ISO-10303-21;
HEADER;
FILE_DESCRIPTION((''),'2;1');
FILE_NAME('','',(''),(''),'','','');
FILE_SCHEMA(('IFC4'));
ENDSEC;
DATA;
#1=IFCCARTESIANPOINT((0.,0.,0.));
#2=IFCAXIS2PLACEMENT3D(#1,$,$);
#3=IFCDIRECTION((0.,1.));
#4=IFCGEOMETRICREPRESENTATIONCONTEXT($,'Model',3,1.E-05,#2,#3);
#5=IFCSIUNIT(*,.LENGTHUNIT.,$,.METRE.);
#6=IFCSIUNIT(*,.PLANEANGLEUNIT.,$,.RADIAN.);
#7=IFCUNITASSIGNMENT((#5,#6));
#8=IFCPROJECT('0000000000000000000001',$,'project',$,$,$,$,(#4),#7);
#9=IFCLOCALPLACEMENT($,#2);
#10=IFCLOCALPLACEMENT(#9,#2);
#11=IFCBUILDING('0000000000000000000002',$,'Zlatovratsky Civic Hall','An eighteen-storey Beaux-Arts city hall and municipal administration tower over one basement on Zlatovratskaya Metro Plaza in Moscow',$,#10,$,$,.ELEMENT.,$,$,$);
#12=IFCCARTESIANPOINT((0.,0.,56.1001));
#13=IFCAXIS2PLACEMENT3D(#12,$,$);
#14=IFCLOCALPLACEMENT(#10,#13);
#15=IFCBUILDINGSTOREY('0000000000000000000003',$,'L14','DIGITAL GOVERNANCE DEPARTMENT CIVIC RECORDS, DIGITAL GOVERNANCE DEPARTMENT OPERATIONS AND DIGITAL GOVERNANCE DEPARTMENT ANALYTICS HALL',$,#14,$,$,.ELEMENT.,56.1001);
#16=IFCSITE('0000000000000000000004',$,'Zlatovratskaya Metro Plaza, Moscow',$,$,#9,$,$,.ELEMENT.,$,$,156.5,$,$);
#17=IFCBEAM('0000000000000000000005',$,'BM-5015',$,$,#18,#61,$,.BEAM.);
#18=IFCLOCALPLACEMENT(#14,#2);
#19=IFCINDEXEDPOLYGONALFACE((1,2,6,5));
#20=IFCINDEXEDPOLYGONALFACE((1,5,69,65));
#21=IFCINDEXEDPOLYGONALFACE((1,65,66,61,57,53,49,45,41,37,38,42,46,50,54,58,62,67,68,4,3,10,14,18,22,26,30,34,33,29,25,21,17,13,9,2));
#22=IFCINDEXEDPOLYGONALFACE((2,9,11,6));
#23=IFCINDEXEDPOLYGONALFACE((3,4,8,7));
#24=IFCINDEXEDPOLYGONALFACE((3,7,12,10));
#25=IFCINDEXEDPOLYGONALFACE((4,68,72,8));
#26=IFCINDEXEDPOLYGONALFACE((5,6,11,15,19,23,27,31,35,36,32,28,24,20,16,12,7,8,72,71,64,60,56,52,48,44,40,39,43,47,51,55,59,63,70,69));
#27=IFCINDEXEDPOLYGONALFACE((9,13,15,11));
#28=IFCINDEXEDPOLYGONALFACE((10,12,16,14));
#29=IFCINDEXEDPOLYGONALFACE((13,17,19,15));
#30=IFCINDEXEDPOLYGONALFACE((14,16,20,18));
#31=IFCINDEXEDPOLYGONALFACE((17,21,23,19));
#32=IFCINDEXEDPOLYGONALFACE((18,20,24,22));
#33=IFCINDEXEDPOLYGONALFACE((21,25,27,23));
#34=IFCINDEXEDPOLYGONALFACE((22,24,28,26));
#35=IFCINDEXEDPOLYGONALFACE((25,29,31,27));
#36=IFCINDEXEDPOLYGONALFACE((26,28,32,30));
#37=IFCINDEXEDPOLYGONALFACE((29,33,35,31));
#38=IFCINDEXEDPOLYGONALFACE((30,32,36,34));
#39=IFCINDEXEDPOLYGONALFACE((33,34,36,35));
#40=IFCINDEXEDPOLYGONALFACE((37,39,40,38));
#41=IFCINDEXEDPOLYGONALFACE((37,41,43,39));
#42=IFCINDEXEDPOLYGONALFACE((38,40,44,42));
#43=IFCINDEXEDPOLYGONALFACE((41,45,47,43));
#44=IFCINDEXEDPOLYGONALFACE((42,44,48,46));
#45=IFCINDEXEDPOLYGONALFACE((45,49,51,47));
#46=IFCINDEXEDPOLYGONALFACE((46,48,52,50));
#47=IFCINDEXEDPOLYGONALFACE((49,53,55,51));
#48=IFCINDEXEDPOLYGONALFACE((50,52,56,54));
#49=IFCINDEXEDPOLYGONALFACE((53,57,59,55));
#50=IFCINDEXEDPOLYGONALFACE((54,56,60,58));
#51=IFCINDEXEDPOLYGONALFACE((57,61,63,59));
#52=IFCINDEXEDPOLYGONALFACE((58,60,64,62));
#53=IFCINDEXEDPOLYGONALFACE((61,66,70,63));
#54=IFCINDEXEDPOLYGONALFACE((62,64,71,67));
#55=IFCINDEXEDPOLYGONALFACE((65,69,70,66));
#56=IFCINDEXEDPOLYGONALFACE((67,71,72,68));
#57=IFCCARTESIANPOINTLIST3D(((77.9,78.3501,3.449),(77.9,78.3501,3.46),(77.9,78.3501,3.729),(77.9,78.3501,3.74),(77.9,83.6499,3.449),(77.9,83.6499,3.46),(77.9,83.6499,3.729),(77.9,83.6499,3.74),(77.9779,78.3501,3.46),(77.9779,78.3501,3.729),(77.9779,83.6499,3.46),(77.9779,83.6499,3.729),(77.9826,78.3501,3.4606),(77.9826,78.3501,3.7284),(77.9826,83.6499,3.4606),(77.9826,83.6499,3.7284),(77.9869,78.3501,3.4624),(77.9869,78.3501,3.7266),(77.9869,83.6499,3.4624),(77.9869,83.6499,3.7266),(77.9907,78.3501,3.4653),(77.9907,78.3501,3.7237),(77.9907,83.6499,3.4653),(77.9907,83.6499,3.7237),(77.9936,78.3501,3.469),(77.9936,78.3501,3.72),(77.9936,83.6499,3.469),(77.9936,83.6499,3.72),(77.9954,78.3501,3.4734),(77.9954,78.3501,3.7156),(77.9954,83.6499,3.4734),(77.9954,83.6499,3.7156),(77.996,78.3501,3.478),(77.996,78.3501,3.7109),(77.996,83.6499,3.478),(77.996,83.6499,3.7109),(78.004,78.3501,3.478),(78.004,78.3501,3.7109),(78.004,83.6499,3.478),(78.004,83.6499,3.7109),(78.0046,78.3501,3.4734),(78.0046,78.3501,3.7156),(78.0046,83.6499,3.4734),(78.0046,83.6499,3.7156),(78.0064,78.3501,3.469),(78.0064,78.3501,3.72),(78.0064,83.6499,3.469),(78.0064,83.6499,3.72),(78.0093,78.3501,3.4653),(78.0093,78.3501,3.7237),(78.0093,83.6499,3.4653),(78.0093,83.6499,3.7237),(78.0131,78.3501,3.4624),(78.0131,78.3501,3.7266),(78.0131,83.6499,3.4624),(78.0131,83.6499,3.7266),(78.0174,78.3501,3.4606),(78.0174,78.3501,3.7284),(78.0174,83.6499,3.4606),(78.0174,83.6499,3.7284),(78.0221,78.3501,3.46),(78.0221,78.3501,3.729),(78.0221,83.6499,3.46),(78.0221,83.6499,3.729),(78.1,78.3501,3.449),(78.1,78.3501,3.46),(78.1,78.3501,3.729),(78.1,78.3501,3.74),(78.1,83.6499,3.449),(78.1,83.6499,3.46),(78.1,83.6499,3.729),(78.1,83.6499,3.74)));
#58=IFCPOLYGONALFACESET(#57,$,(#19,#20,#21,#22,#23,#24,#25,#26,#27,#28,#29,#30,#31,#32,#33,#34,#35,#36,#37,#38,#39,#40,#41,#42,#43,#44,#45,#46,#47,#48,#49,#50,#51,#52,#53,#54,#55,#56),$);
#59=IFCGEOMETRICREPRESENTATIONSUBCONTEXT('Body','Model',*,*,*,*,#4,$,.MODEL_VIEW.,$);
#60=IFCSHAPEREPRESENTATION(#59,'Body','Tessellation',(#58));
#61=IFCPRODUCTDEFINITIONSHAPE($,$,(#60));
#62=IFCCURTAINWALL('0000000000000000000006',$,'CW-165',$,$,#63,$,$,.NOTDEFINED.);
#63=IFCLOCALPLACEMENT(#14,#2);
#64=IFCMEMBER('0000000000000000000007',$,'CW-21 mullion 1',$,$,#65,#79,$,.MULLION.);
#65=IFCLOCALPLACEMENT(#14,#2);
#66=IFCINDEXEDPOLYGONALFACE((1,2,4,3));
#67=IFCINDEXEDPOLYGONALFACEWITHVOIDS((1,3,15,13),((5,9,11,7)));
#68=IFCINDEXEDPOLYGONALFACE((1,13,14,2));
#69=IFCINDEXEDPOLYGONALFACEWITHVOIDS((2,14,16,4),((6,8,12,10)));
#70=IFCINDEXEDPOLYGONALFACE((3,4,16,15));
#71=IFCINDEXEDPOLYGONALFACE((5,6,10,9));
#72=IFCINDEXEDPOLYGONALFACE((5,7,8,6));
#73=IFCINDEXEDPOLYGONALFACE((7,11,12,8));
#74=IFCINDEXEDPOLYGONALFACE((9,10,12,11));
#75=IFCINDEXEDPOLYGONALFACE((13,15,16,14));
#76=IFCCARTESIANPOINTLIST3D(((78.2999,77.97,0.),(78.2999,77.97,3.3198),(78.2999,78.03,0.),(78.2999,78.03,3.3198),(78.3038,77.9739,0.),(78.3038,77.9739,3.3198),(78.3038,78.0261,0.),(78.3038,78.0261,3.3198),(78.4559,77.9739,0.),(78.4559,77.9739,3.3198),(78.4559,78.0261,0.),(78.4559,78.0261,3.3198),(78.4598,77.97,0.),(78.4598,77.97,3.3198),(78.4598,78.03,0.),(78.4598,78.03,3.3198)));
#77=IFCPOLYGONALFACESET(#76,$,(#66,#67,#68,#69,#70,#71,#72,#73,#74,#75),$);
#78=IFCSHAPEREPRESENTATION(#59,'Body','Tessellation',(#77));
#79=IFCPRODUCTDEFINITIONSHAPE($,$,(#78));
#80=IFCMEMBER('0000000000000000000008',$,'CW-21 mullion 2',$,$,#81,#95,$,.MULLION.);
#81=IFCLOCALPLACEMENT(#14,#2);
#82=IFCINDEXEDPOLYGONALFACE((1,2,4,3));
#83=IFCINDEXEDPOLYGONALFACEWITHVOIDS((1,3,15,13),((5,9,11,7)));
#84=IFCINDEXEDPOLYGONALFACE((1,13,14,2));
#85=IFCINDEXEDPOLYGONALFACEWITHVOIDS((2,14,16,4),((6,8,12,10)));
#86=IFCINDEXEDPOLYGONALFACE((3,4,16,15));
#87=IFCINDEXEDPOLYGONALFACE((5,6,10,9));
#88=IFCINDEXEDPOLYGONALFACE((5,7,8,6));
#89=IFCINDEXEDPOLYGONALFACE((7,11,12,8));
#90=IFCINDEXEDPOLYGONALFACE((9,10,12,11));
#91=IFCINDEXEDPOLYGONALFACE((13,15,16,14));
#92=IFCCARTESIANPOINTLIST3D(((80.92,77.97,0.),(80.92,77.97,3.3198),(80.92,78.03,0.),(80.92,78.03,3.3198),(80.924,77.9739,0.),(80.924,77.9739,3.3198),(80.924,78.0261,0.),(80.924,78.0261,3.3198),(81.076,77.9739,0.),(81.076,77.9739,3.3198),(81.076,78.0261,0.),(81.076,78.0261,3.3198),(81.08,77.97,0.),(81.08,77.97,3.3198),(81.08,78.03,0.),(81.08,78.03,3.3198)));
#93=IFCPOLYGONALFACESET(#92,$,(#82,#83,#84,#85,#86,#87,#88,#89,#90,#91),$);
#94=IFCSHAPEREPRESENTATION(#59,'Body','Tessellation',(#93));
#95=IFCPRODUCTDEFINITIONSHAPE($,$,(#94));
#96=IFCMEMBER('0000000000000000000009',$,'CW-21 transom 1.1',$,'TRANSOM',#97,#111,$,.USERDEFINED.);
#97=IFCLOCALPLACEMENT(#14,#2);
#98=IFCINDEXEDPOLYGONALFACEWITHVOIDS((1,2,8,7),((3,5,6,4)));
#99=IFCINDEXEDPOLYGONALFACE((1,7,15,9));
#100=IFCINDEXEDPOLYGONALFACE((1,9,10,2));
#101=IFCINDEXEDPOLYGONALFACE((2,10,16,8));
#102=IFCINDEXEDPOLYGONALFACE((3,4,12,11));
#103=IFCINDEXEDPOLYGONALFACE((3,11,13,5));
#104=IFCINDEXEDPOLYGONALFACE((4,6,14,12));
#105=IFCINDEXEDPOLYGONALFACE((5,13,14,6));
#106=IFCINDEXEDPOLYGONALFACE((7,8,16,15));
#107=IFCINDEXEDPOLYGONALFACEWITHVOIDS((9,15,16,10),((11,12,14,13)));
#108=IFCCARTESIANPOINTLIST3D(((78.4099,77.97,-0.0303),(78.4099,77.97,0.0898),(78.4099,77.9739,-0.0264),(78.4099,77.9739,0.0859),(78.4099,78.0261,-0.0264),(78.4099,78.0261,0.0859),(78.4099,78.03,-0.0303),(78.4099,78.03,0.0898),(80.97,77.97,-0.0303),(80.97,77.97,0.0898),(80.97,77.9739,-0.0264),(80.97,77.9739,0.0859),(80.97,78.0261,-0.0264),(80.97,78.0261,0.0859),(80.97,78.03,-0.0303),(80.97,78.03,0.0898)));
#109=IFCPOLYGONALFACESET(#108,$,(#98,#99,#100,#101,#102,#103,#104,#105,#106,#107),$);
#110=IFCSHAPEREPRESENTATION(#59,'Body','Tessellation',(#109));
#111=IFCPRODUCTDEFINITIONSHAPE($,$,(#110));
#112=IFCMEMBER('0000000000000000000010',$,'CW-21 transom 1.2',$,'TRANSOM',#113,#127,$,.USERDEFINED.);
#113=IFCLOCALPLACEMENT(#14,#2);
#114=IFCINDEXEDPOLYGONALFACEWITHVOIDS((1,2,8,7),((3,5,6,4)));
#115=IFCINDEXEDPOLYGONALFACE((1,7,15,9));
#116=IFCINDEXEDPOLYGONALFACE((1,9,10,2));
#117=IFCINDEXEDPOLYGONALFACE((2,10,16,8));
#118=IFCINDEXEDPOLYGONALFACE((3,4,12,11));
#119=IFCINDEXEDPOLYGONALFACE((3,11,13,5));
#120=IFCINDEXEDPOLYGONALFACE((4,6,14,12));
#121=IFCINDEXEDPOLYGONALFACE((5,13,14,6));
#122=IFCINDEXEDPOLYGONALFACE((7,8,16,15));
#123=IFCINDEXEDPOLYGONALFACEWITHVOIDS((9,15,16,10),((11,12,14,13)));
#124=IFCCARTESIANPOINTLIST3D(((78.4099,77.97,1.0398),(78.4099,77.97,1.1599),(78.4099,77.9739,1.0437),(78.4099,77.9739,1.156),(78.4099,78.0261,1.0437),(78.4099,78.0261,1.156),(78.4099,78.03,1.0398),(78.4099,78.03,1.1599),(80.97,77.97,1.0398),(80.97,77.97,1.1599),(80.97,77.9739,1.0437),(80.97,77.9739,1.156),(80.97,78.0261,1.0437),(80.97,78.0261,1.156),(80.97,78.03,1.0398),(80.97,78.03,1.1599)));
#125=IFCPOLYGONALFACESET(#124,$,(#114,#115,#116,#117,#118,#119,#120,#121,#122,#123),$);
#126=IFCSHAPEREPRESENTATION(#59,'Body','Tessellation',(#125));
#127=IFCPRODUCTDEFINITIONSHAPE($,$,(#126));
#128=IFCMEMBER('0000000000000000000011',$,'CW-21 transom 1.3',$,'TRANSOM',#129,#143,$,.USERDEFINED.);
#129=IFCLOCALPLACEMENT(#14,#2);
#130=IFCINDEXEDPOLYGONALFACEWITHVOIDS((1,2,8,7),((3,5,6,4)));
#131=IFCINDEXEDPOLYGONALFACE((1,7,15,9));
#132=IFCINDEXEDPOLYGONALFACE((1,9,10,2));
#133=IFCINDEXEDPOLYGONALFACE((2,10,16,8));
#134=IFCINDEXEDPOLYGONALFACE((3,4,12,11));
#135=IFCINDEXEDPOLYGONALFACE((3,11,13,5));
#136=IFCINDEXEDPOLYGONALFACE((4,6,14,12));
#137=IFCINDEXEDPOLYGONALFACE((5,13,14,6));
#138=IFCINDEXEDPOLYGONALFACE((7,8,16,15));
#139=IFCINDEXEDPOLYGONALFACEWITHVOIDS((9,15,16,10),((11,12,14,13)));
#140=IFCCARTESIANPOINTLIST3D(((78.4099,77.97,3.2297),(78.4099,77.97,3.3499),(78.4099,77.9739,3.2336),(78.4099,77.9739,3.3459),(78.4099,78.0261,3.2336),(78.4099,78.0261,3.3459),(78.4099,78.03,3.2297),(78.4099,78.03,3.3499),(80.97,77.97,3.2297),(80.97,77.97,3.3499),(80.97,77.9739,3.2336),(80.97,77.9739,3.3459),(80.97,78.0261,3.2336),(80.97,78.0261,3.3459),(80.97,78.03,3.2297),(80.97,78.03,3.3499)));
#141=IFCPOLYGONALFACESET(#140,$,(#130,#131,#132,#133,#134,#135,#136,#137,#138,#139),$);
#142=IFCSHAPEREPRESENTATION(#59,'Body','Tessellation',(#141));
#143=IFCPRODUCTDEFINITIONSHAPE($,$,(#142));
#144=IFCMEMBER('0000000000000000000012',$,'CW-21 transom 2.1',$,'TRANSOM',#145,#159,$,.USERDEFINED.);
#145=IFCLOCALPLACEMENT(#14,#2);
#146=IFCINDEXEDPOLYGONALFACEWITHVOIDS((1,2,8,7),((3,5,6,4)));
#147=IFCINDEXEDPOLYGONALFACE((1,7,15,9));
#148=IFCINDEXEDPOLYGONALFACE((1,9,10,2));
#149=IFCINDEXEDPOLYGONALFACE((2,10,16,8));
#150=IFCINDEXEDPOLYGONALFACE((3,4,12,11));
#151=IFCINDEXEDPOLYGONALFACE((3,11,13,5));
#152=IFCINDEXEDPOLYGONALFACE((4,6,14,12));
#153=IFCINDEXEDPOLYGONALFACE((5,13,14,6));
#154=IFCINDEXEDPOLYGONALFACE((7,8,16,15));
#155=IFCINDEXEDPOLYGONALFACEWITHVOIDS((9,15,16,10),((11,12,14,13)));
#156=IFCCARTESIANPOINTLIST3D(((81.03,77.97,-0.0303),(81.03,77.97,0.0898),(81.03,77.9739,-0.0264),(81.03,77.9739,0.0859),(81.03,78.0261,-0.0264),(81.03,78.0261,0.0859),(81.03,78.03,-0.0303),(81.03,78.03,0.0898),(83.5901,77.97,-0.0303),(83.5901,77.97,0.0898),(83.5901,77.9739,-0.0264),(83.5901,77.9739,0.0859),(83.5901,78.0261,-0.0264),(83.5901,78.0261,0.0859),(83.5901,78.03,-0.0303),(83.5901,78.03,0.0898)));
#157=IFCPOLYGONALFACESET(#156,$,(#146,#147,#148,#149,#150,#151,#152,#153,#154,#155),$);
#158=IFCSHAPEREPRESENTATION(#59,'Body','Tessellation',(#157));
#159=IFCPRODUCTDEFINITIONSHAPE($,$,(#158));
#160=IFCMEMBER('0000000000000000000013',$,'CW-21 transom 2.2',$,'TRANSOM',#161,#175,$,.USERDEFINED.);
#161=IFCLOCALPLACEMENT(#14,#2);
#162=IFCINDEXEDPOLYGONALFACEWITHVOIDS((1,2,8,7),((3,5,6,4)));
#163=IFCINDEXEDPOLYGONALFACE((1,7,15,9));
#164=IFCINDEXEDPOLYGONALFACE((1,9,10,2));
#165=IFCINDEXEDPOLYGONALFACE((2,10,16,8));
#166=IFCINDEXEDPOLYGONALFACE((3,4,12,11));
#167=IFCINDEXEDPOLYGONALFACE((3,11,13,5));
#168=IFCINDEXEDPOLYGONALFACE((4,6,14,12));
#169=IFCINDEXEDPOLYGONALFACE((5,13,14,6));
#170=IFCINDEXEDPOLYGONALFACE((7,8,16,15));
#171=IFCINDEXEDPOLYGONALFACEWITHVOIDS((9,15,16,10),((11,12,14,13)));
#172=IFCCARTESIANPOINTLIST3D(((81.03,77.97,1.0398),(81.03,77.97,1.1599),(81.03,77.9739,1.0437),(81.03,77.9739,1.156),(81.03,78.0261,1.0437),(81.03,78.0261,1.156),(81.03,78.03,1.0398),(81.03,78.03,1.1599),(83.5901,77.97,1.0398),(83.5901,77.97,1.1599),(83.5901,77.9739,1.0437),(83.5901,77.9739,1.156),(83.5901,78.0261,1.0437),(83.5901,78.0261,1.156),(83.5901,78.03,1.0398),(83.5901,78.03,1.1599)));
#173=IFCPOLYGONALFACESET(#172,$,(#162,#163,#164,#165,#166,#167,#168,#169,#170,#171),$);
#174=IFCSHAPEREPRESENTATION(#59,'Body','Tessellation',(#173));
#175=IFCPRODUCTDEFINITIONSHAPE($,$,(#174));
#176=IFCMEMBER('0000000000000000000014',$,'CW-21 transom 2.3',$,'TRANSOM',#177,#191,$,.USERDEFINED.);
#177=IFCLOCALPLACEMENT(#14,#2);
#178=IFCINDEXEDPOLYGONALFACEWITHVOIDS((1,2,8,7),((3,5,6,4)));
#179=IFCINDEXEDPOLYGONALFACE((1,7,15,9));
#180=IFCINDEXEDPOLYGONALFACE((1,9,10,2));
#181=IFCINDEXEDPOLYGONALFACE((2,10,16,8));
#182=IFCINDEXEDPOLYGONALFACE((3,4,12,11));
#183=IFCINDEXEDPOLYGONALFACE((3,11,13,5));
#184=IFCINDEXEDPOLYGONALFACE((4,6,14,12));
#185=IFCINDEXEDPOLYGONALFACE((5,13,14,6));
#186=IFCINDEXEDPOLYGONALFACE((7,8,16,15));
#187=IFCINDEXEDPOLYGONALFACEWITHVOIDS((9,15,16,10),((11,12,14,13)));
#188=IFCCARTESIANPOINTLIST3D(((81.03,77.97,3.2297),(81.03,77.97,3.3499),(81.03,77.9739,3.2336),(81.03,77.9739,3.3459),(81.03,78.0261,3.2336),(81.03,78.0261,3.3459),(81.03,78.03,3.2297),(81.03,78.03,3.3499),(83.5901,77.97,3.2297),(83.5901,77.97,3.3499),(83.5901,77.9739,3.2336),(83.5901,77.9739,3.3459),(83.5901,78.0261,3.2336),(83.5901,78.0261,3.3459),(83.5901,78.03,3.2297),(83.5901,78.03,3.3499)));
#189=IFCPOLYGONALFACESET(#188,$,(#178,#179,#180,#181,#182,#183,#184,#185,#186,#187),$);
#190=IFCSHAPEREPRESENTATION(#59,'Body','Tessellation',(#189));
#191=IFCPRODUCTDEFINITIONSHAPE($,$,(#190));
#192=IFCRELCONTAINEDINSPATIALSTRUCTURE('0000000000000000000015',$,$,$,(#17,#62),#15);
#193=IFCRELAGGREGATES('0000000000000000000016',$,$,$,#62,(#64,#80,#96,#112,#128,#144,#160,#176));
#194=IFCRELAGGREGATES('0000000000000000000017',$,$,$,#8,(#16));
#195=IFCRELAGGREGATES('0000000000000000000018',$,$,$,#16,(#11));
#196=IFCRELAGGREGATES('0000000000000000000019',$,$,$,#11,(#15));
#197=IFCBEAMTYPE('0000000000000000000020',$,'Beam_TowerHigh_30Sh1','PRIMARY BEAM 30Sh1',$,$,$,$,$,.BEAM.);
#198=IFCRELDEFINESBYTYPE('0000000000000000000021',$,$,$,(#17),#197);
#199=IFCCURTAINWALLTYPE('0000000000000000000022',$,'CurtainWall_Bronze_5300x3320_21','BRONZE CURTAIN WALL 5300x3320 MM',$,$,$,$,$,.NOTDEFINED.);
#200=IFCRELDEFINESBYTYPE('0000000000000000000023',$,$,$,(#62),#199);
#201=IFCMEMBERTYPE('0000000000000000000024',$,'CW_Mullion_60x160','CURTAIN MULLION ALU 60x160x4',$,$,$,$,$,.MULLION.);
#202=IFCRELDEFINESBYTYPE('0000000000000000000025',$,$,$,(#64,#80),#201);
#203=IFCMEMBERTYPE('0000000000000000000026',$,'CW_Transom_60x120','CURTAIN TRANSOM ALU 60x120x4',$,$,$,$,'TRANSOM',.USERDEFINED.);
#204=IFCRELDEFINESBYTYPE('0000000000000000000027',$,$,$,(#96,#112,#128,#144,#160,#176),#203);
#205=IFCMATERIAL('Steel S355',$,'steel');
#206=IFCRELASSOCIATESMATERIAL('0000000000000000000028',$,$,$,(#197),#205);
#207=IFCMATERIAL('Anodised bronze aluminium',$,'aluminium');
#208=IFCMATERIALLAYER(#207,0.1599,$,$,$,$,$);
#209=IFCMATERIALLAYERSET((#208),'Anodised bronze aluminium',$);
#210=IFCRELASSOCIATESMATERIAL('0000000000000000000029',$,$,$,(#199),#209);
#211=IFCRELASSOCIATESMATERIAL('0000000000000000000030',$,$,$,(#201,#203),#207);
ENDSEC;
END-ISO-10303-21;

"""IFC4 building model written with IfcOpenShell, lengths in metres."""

from ifc_helpers import new_model, si_unit, direction, frame, origin, origin_2d, place, context, subcontext, project, spatial, hollow_rectangle, i_section, extrude, material, layer, layer_set, material_profile, profile_set, type_object, element, aggregate, save


model = new_model("IFC4")

# Units and contexts
model_context = context("Model", 3, precision=1e-05, world=origin(), true_north=direction((0.0, 1.0)))
body_context = subcontext(model_context, "Body", "Model", "MODEL_VIEW")
ifc_project = project(units=[si_unit("LENGTHUNIT", "METRE"), si_unit("PLANEANGLEUNIT", "RADIAN")], contexts=[model_context])

# Site, building, storey
site_placement = place(None, origin())
site = spatial("IfcSite", under=ifc_project, at=site_placement, Name="Zlatovratskaya Metro Plaza, Moscow", CompositionType="ELEMENT", RefElevation=156.5)
building_placement = place(site_placement, origin())
building = spatial("IfcBuilding", under=site, at=building_placement, Name="Zlatovratsky Civic Hall", Description="An eighteen-storey Beaux-Arts city hall and municipal administration tower over one basement on Zlatovratskaya Metro Plaza in Moscow", CompositionType="ELEMENT")
storey_placement = place(building_placement, frame((0.0, 0.0, 56.1001)))
storey = spatial("IfcBuildingStorey", under=building, at=storey_placement, Name="L14", Description="DIGITAL GOVERNANCE DEPARTMENT CIVIC RECORDS, DIGITAL GOVERNANCE DEPARTMENT OPERATIONS AND DIGITAL GOVERNANCE DEPARTMENT ANALYTICS HALL", CompositionType="ELEMENT", Elevation=56.1001)

# Beam
ifc_material_1 = material(Name="Steel S355", Category="steel")
ifc_material_profile_1 = material_profile(ifc_material_1, i_section(OverallWidth=0.2, OverallDepth=0.291, WebThickness=0.0081, FlangeThickness=0.011, FilletRadius=0.0181, at=origin_2d()), Name="30Sh1")
ifc_profile_set_1 = profile_set([ifc_material_profile_1], Name="Steel S355")
beam_type_1 = type_object("IfcBeamType", Name="Beam_TowerHigh_30Sh1", Description="PRIMARY BEAM 30Sh1", PredefinedType="BEAM", material=ifc_profile_set_1)
for number, where, z_axis, x_axis, name in (
    (1, (78.0, 78.3501, 3.5945), (0.0, 1.0, 0.0), (-1.0, 0.0, 0.0), "BM-5015"),
):
    element("IfcBeam", number, at=place(storey_placement, frame(where, z_axis=z_axis, x_axis=x_axis)), inside=storey, type_object=beam_type_1, Name=name, PredefinedType="BEAM", context=body_context, shape_type="SweptSolid", body=[
        extrude(i_section(OverallWidth=0.2, OverallDepth=0.291, WebThickness=0.0081, FlangeThickness=0.011, FilletRadius=0.0181, at=origin_2d()), origin(), (0.0, 0.0, 1.0), 5.2998),
    ])

# Curtain wall, members
ifc_material_2 = material(Name="Anodised bronze aluminium", Category="aluminium")
ifc_layer_1 = layer(ifc_material_2, 0.1599)
ifc_layer_set_1 = layer_set([ifc_layer_1], Name="Anodised bronze aluminium")
curtain_wall_type = type_object("IfcCurtainWallType", Name="CurtainWall_Bronze_5300x3320_21", Description="BRONZE CURTAIN WALL 5300x3320 MM", PredefinedType="NOTDEFINED", material=ifc_layer_set_1)
curtain_wall_placement = place(storey_placement, origin())
curtain_wall = element("IfcCurtainWall", 2, at=curtain_wall_placement, inside=storey, type_object=curtain_wall_type, Name="CW-165", PredefinedType="NOTDEFINED")
ifc_material_profile_2 = material_profile(ifc_material_2, hollow_rectangle(XDim=0.0601, YDim=0.1599, WallThickness=0.0039, at=origin_2d()), Name="ALU 60x160x4")
ifc_profile_set_2 = profile_set([ifc_material_profile_2], Name="Anodised bronze aluminium")
member_type_1 = type_object("IfcMemberType", Name="CW_Mullion_60x160", Description="CURTAIN MULLION ALU 60x160x4", PredefinedType="MULLION", material=ifc_profile_set_2)
member_1_placement = place(storey_placement, frame((78.3799, 78.0, 0.0), z_axis=(0.0, 0.0, 1.0), x_axis=(0.0, 1.0, 0.0)))
member_1 = element("IfcMember", 3, at=member_1_placement, type_object=member_type_1, Name="CW-21 mullion 1", PredefinedType="MULLION", context=body_context, shape_type="SweptSolid", body=[
    extrude(hollow_rectangle(XDim=0.0601, YDim=0.1599, WallThickness=0.0039, at=origin_2d()), origin(), (0.0, 0.0, 1.0), 3.3198),
])
member_2_placement = place(storey_placement, frame((81.0, 78.0, 0.0), z_axis=(0.0, 0.0, 1.0), x_axis=(0.0, 1.0, 0.0)))
member_2 = element("IfcMember", 4, at=member_2_placement, type_object=member_type_1, Name="CW-21 mullion 2", PredefinedType="MULLION", context=body_context, shape_type="SweptSolid", body=[
    extrude(hollow_rectangle(XDim=0.0601, YDim=0.1599, WallThickness=0.0039, at=origin_2d()), origin(), (0.0, 0.0, 1.0), 3.3198),
])
ifc_material_profile_3 = material_profile(ifc_material_2, hollow_rectangle(XDim=0.0601, YDim=0.1201, WallThickness=0.0039, at=origin_2d()), Name="ALU 60x120x4")
ifc_profile_set_3 = profile_set([ifc_material_profile_3], Name="Anodised bronze aluminium")
member_type_2 = type_object("IfcMemberType", Name="CW_Transom_60x120", Description="CURTAIN TRANSOM ALU 60x120x4", ElementType="TRANSOM", PredefinedType="USERDEFINED", material=ifc_profile_set_3)
member_3_placement = place(storey_placement, frame((78.4099, 78.0, 0.0298), z_axis=(1.0, 0.0, 0.0), x_axis=(0.0, 1.0, 0.0)))
member_3 = element("IfcMember", 5, at=member_3_placement, type_object=member_type_2, Name="CW-21 transom 1.1", ObjectType="TRANSOM", PredefinedType="USERDEFINED", context=body_context, shape_type="SweptSolid", body=[
    extrude(hollow_rectangle(XDim=0.0601, YDim=0.1201, WallThickness=0.0039, at=origin_2d()), origin(), (0.0, 0.0, 1.0), 2.5601),
])
member_4_placement = place(storey_placement, frame((78.4099, 78.0, 1.0999), z_axis=(1.0, 0.0, 0.0), x_axis=(0.0, 1.0, 0.0)))
member_4 = element("IfcMember", 6, at=member_4_placement, type_object=member_type_2, Name="CW-21 transom 1.2", ObjectType="TRANSOM", PredefinedType="USERDEFINED", context=body_context, shape_type="SweptSolid", body=[
    extrude(hollow_rectangle(XDim=0.0601, YDim=0.1201, WallThickness=0.0039, at=origin_2d()), origin(), (0.0, 0.0, 1.0), 2.5601),
])
member_5_placement = place(storey_placement, frame((78.4099, 78.0, 3.2898), z_axis=(1.0, 0.0, 0.0), x_axis=(0.0, 1.0, 0.0)))
member_5 = element("IfcMember", 7, at=member_5_placement, type_object=member_type_2, Name="CW-21 transom 1.3", ObjectType="TRANSOM", PredefinedType="USERDEFINED", context=body_context, shape_type="SweptSolid", body=[
    extrude(hollow_rectangle(XDim=0.0601, YDim=0.1201, WallThickness=0.0039, at=origin_2d()), origin(), (0.0, 0.0, 1.0), 2.5601),
])
member_6_placement = place(storey_placement, frame((81.03, 78.0, 0.0298), z_axis=(1.0, 0.0, 0.0), x_axis=(0.0, 1.0, 0.0)))
member_6 = element("IfcMember", 8, at=member_6_placement, type_object=member_type_2, Name="CW-21 transom 2.1", ObjectType="TRANSOM", PredefinedType="USERDEFINED", context=body_context, shape_type="SweptSolid", body=[
    extrude(hollow_rectangle(XDim=0.0601, YDim=0.1201, WallThickness=0.0039, at=origin_2d()), origin(), (0.0, 0.0, 1.0), 2.5601),
])
member_7_placement = place(storey_placement, frame((81.03, 78.0, 1.0999), z_axis=(1.0, 0.0, 0.0), x_axis=(0.0, 1.0, 0.0)))
member_7 = element("IfcMember", 9, at=member_7_placement, type_object=member_type_2, Name="CW-21 transom 2.2", ObjectType="TRANSOM", PredefinedType="USERDEFINED", context=body_context, shape_type="SweptSolid", body=[
    extrude(hollow_rectangle(XDim=0.0601, YDim=0.1201, WallThickness=0.0039, at=origin_2d()), origin(), (0.0, 0.0, 1.0), 2.5601),
])
member_8_placement = place(storey_placement, frame((81.03, 78.0, 3.2898), z_axis=(1.0, 0.0, 0.0), x_axis=(0.0, 1.0, 0.0)))
member_8 = element("IfcMember", 10, at=member_8_placement, type_object=member_type_2, Name="CW-21 transom 2.3", ObjectType="TRANSOM", PredefinedType="USERDEFINED", context=body_context, shape_type="SweptSolid", body=[
    extrude(hollow_rectangle(XDim=0.0601, YDim=0.1201, WallThickness=0.0039, at=origin_2d()), origin(), (0.0, 0.0, 1.0), 2.5601),
])
aggregate(curtain_wall, [member_1, member_2, member_3, member_4, member_5, member_6, member_7, member_8])

save(model, "model.ifc")
